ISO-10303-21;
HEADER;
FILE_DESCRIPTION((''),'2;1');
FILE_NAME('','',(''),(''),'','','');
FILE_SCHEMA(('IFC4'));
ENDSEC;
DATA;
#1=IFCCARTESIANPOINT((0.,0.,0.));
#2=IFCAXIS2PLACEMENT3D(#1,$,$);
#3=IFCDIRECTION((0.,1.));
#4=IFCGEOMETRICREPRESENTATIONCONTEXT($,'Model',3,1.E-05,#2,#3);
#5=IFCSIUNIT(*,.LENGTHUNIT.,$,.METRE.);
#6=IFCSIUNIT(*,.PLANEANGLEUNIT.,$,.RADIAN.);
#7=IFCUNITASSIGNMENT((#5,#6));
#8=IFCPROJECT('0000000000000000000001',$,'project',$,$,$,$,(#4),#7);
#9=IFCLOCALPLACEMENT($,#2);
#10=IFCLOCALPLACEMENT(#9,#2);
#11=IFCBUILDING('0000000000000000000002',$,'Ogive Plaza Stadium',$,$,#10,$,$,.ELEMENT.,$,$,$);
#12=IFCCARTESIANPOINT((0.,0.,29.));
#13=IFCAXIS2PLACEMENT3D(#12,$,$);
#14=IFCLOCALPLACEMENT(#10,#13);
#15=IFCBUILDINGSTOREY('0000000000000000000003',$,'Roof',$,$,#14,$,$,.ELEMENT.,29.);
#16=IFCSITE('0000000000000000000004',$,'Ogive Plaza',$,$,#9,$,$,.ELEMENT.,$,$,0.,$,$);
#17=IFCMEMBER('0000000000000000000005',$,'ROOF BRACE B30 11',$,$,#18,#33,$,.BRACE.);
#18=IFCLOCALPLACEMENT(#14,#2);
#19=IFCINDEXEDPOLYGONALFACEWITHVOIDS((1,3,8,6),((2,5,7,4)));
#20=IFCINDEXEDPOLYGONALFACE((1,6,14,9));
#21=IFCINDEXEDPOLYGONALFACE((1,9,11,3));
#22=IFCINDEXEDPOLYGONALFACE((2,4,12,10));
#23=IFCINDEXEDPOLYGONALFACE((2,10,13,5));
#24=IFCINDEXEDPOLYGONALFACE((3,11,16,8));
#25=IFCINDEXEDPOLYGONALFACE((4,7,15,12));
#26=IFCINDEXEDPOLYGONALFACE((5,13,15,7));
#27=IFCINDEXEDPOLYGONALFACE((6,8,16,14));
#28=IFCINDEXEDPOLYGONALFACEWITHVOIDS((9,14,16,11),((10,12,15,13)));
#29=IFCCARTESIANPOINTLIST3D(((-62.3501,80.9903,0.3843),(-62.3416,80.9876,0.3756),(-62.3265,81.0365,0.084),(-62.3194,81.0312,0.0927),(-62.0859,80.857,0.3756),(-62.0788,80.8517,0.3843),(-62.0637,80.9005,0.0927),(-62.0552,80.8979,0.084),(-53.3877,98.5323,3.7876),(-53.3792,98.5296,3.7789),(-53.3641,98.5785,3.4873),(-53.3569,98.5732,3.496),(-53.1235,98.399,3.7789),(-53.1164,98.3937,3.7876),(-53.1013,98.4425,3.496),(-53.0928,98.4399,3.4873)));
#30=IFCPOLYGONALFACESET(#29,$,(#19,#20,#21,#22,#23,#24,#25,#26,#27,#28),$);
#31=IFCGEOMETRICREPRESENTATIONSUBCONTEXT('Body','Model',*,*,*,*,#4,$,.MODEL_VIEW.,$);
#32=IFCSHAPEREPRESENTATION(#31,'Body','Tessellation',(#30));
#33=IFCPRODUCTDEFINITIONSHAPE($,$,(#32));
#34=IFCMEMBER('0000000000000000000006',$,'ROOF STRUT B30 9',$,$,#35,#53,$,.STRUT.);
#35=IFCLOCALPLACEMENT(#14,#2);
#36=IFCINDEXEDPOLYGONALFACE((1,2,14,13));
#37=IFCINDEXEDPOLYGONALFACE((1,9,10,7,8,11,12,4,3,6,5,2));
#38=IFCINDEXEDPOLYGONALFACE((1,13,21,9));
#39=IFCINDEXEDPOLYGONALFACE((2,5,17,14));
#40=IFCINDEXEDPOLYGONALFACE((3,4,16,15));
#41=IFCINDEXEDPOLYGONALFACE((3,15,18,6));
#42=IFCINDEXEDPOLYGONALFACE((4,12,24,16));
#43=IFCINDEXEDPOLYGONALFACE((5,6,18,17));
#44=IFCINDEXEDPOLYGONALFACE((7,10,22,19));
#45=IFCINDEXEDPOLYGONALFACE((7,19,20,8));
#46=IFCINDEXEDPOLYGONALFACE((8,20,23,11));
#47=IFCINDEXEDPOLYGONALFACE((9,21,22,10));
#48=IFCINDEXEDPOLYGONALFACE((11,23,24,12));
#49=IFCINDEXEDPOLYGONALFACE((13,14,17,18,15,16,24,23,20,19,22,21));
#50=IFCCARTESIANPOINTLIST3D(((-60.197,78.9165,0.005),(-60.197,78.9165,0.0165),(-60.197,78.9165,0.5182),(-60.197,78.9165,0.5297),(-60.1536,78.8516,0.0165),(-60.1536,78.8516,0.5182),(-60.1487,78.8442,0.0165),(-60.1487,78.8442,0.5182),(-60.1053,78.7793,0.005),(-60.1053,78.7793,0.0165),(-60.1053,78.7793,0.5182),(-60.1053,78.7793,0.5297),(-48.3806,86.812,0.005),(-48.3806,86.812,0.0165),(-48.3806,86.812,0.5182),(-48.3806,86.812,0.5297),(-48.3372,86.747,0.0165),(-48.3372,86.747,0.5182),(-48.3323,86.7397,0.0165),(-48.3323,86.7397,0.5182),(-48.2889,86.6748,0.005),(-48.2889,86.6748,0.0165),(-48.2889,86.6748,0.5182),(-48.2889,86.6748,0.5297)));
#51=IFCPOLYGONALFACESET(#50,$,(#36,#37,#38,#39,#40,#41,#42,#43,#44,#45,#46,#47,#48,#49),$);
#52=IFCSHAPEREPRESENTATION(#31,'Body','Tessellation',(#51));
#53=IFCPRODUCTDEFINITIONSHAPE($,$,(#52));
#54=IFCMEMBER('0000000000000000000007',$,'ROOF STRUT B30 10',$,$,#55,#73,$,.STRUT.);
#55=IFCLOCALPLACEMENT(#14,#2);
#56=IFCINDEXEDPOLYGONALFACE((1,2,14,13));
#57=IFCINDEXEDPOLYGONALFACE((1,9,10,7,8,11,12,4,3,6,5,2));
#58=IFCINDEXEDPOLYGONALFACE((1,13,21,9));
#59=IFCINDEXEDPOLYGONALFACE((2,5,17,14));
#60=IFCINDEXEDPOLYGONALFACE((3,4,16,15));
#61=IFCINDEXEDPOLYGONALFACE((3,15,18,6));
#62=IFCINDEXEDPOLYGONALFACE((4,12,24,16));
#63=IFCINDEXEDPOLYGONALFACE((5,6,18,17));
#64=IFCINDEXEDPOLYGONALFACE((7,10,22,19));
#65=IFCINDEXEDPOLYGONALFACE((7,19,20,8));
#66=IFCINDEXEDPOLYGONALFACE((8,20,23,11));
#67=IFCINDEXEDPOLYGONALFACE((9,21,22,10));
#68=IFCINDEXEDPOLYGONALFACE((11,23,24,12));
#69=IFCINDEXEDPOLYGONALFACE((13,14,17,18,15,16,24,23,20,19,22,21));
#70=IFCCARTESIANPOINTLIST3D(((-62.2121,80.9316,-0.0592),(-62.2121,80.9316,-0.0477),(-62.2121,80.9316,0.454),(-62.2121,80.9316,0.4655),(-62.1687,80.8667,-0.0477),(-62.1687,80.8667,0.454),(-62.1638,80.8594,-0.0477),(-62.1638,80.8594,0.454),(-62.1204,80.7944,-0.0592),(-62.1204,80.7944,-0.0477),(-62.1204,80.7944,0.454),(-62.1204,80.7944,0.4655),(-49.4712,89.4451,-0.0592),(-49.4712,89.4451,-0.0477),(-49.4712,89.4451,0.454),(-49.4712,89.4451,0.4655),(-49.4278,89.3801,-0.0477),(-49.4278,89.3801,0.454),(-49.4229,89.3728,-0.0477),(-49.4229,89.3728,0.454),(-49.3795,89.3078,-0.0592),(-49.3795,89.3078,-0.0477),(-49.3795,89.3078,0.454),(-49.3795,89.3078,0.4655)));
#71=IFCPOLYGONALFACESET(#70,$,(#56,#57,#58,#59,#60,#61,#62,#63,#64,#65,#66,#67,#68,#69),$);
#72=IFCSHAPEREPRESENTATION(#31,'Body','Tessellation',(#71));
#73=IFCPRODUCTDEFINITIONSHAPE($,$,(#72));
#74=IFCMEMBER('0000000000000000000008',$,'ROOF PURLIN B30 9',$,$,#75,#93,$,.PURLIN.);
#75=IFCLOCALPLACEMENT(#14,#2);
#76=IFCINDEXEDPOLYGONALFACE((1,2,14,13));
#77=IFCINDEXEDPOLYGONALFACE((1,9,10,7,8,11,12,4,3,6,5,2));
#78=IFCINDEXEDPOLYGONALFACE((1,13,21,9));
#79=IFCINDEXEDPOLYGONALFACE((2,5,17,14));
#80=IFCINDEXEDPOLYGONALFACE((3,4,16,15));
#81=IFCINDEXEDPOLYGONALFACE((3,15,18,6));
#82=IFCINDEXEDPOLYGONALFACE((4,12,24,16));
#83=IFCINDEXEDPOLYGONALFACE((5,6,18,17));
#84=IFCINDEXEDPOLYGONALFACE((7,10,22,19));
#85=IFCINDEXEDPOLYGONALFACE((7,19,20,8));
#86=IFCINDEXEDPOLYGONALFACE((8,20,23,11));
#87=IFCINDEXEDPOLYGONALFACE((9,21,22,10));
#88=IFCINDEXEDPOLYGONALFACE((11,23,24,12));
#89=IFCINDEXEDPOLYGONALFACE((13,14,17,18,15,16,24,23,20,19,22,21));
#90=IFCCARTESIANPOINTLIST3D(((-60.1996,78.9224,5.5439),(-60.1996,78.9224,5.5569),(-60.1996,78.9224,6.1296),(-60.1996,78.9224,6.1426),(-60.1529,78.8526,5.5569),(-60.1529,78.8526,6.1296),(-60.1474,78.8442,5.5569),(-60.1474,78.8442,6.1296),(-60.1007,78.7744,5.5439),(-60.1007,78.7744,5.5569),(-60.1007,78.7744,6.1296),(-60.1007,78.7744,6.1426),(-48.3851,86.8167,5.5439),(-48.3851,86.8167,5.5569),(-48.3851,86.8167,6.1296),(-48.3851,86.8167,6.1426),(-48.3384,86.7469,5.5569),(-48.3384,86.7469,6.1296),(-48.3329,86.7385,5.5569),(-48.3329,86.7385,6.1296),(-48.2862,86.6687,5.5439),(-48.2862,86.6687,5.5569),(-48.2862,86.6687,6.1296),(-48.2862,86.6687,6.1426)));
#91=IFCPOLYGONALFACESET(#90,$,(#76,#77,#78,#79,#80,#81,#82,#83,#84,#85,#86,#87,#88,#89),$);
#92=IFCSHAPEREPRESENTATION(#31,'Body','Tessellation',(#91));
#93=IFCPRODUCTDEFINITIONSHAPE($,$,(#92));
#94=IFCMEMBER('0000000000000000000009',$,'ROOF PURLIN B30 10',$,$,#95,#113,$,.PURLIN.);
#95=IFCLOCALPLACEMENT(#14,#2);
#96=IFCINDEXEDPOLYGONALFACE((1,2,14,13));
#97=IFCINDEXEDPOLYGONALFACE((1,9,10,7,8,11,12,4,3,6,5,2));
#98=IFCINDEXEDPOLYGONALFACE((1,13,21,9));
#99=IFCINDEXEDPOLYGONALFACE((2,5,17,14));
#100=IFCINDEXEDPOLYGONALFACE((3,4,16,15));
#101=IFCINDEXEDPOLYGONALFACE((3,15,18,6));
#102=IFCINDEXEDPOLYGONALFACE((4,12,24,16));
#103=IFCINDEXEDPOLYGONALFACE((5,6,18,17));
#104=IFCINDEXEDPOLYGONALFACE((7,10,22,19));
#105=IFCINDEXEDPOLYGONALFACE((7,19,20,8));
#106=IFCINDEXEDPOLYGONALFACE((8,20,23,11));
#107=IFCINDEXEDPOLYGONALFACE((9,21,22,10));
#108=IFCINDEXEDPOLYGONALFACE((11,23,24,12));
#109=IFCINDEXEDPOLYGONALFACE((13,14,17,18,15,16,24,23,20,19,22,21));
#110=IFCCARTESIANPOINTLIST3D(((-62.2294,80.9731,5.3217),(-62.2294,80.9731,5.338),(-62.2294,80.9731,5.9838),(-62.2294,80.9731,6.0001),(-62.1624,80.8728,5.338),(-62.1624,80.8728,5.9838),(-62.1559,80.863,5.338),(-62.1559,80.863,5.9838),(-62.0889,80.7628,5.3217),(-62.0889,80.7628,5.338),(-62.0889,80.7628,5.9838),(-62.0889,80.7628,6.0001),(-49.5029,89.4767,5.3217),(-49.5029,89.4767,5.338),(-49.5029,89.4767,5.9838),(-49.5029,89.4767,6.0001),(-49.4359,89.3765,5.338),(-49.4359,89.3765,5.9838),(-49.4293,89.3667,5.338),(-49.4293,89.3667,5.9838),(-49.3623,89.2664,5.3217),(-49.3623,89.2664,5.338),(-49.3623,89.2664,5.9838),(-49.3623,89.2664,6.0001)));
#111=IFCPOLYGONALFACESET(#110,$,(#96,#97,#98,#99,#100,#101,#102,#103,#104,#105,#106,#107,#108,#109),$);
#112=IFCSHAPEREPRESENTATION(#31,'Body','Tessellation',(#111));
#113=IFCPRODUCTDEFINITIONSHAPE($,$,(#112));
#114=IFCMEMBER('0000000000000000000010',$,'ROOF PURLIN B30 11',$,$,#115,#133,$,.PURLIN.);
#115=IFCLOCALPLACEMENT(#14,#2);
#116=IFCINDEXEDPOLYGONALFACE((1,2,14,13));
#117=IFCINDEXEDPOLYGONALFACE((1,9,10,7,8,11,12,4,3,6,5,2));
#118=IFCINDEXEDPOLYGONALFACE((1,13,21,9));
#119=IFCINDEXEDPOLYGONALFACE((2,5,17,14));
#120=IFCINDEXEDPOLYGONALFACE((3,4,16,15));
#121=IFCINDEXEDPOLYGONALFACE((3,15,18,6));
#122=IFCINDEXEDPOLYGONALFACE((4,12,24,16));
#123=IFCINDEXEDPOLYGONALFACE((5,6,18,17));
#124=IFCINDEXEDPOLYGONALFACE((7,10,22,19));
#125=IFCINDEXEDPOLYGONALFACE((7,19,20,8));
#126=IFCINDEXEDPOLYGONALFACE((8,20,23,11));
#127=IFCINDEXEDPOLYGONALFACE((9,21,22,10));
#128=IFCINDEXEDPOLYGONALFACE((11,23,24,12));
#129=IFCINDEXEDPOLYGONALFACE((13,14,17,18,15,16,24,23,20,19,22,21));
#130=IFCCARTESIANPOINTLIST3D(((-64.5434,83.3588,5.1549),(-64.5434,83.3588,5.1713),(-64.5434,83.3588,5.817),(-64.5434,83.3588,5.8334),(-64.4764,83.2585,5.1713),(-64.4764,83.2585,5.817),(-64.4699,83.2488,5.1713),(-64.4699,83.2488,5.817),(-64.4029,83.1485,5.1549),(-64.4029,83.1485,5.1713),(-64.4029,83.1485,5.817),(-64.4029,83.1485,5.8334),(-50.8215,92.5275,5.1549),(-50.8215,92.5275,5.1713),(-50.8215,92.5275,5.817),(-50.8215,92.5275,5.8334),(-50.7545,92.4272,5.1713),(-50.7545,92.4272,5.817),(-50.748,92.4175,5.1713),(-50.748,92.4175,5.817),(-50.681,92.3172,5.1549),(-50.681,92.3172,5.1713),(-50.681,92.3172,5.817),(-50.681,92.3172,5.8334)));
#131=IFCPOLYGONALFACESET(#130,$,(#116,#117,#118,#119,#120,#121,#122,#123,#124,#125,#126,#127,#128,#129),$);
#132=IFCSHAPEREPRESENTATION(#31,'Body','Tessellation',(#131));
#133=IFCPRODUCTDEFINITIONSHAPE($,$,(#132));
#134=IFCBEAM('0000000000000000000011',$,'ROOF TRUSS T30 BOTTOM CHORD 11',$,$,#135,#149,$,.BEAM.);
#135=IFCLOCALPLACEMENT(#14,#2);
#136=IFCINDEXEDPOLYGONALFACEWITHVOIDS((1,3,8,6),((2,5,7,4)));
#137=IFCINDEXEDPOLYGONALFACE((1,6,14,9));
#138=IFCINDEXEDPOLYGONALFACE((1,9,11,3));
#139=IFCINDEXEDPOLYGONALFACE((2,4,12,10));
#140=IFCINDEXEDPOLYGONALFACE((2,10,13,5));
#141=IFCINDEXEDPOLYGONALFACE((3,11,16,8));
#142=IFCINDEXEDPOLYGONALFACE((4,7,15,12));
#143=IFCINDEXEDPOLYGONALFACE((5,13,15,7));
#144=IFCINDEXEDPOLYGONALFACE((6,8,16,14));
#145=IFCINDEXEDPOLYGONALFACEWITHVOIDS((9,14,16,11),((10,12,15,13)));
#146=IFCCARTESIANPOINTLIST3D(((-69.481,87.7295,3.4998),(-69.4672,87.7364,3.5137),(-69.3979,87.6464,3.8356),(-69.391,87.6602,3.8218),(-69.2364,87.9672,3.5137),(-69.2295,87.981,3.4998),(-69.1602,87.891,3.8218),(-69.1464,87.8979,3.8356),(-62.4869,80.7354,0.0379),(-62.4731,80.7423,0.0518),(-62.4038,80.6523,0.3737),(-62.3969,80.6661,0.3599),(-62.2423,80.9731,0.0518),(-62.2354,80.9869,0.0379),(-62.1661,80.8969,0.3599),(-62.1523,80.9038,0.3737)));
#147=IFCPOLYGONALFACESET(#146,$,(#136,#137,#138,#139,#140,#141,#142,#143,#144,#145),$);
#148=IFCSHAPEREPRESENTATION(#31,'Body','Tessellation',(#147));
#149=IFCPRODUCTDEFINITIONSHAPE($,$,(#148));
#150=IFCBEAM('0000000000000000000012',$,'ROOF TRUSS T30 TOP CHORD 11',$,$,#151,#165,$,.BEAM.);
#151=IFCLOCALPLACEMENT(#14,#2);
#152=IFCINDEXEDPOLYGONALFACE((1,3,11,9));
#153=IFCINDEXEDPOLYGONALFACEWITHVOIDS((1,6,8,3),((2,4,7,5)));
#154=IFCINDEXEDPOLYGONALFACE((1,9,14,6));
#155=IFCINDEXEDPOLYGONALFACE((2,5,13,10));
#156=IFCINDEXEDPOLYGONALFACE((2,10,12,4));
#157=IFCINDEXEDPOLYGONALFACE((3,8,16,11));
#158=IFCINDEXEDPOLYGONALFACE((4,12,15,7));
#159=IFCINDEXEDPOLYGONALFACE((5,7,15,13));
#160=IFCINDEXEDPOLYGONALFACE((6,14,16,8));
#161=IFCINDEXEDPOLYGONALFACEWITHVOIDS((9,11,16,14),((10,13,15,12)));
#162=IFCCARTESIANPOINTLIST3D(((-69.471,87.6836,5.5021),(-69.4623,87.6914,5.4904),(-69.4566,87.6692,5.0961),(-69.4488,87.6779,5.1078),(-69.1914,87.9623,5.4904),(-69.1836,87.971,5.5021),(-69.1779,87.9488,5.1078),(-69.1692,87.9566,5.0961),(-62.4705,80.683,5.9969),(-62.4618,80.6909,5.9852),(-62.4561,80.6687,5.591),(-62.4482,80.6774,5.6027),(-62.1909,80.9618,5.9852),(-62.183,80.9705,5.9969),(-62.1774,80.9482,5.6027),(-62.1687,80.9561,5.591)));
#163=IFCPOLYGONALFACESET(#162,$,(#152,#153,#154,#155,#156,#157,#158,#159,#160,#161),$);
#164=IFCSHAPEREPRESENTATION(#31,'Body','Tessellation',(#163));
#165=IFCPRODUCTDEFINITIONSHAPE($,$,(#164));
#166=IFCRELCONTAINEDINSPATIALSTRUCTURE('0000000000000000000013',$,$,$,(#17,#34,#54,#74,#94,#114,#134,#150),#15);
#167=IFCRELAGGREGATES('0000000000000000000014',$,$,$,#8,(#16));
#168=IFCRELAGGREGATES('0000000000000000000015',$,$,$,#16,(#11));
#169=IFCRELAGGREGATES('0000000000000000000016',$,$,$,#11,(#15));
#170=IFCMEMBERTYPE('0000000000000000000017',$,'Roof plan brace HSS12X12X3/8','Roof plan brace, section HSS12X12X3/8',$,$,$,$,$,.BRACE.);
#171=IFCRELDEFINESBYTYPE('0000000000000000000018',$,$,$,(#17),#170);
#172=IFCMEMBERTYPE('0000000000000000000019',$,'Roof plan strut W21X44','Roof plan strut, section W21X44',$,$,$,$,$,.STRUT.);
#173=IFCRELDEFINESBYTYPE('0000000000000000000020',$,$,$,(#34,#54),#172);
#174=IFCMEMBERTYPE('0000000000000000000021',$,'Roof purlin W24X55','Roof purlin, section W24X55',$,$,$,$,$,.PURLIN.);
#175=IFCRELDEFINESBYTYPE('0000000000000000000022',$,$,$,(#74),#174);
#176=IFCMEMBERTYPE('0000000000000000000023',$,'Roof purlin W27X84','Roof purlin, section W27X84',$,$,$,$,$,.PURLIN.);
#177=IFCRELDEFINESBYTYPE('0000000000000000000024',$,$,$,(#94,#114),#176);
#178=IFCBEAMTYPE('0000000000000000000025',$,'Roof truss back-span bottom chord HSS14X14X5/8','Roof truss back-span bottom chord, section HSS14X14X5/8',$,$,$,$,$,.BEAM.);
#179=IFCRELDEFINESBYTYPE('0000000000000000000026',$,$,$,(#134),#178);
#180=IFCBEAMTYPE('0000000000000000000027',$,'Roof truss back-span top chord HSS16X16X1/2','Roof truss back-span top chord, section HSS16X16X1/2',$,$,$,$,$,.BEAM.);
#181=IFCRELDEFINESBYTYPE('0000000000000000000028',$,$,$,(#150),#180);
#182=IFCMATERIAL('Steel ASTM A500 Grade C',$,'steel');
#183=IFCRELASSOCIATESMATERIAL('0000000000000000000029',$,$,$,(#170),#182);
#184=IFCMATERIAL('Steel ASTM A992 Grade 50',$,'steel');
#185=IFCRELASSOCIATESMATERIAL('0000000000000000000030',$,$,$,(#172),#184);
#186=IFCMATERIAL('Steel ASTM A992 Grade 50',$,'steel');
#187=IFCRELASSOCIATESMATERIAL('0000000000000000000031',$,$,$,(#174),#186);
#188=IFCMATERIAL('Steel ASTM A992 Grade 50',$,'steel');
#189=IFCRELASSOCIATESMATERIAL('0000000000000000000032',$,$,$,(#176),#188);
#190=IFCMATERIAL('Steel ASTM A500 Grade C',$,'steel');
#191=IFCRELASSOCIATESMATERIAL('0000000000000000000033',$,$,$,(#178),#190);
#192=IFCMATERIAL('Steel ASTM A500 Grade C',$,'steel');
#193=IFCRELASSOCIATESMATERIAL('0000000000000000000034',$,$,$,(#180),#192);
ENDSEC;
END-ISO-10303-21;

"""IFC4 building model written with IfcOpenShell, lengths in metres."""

from ifc_helpers import new_model, si_unit, direction, frame, origin, origin_2d, place, context, subcontext, project, spatial, hollow_rectangle, i_section, extrude, material, material_profile, profile_set, type_object, element, save


model = new_model("IFC4")

# Units and contexts
model_context = context("Model", 3, precision=1e-05, world=origin(), true_north=direction((0.0, 1.0)))
body_context = subcontext(model_context, "Body", "Model", "MODEL_VIEW")
ifc_project = project(units=[si_unit("LENGTHUNIT", "METRE"), si_unit("PLANEANGLEUNIT", "RADIAN")], contexts=[model_context])

# Site, building, storey
site_placement = place(None, origin())
site = spatial("IfcSite", under=ifc_project, at=site_placement, Name="Ogive Plaza", CompositionType="ELEMENT", RefElevation=0.0)
building_placement = place(site_placement, origin())
building = spatial("IfcBuilding", under=site, at=building_placement, Name="Ogive Plaza Stadium", CompositionType="ELEMENT")
storey_placement = place(building_placement, frame((0.0, 0.0, 29.0)))
storey = spatial("IfcBuildingStorey", under=building, at=storey_placement, Name="Roof", CompositionType="ELEMENT", Elevation=29.0)

# Members
ifc_material_1 = material(Name="Steel ASTM A500 Grade C", Category="steel")
ifc_material_profile_1 = material_profile(ifc_material_1, hollow_rectangle(XDim=0.3047, YDim=0.3047, WallThickness=0.0088, at=origin_2d()), Name="HSS12X12X3/8")
ifc_profile_set_1 = profile_set([ifc_material_profile_1], Name="Steel ASTM A500 Grade C")
member_type_1 = type_object("IfcMemberType", Name="Roof plan brace HSS12X12X3/8", Description="Roof plan brace, section HSS12X12X3/8", PredefinedType="BRACE", material=ifc_profile_set_1)
member_1_placement = place(storey_placement, frame((-62.2026, 80.9441, 0.2341), z_axis=(0.448328, 0.877507, 0.170245), x_axis=(-0.890507, 0.45497, 0.0)))
element("IfcMember", 1, at=member_1_placement, inside=storey, type_object=member_type_1, Name="ROOF BRACE B30 11", PredefinedType="BRACE", context=body_context, shape_type="SweptSolid", body=[
    extrude(hollow_rectangle(XDim=0.3047, YDim=0.3047, WallThickness=0.0088, at=origin_2d()), origin(), (0.0, 0.0, 1.0), 19.9907),
])
ifc_material_2 = material(Name="Steel ASTM A992 Grade 50", Category="steel")
ifc_material_profile_2 = material_profile(ifc_material_2, i_section(OverallWidth=0.165, OverallDepth=0.5247, WebThickness=0.0088, FlangeThickness=0.0115, at=origin_2d()), Name="W21X44")
ifc_profile_set_2 = profile_set([ifc_material_profile_2], Name="Steel ASTM A992 Grade 50")
member_type_2 = type_object("IfcMemberType", Name="Roof plan strut W21X44", Description="Roof plan strut, section W21X44", PredefinedType="STRUT", material=ifc_profile_set_2)
member_2_placement = place(storey_placement, frame((-60.1511, 78.8479, 0.2673), z_axis=(0.831468, 0.555572, 0.0), x_axis=(-0.555572, 0.831468, 0.0)))
element("IfcMember", 2, at=member_2_placement, inside=storey, type_object=member_type_2, Name="ROOF STRUT B30 9", PredefinedType="STRUT", context=body_context, shape_type="SweptSolid", body=[
    extrude(i_section(OverallWidth=0.165, OverallDepth=0.5247, WebThickness=0.0088, FlangeThickness=0.0115, at=origin_2d()), origin(), (0.0, 0.0, 1.0), 14.2114),
])
member_3_placement = place(storey_placement, frame((-62.1663, 80.863, 0.2031), z_axis=(0.831464, 0.555579, 0.0), x_axis=(-0.555579, 0.831464, 0.0)))
element("IfcMember", 3, at=member_3_placement, inside=storey, type_object=member_type_2, Name="ROOF STRUT B30 10", PredefinedType="STRUT", context=body_context, shape_type="SweptSolid", body=[
    extrude(i_section(OverallWidth=0.165, OverallDepth=0.5247, WebThickness=0.0088, FlangeThickness=0.0115, at=origin_2d()), origin(), (0.0, 0.0, 1.0), 15.3235),
])
ifc_material_3 = material(Name="Steel ASTM A992 Grade 50", Category="steel")
ifc_material_profile_3 = material_profile(ifc_material_3, i_section(OverallWidth=0.178, OverallDepth=0.5986, WebThickness=0.01, FlangeThickness=0.0129, at=origin_2d()), Name="W24X55")
ifc_profile_set_3 = profile_set([ifc_material_profile_3], Name="Steel ASTM A992 Grade 50")
member_type_3 = type_object("IfcMemberType", Name="Roof purlin W24X55", Description="Roof purlin, section W24X55", PredefinedType="PURLIN", material=ifc_profile_set_3)
member_4_placement = place(storey_placement, frame((-60.1501, 78.8484, 5.8433), z_axis=(0.831466, 0.555576, 0.0), x_axis=(-0.555576, 0.831466, 0.0)))
element("IfcMember", 4, at=member_4_placement, inside=storey, type_object=member_type_3, Name="ROOF PURLIN B30 9", PredefinedType="PURLIN", context=body_context, shape_type="SweptSolid", body=[
    extrude(i_section(OverallWidth=0.178, OverallDepth=0.5986, WebThickness=0.01, FlangeThickness=0.0129, at=origin_2d()), origin(), (0.0, 0.0, 1.0), 14.2092),
])
ifc_material_4 = material(Name="Steel ASTM A992 Grade 50", Category="steel")
ifc_material_profile_4 = material_profile(ifc_material_4, i_section(OverallWidth=0.2529, OverallDepth=0.6785, WebThickness=0.0117, FlangeThickness=0.0164, at=origin_2d()), Name="W27X84")
ifc_profile_set_4 = profile_set([ifc_material_profile_4], Name="Steel ASTM A992 Grade 50")
member_type_4 = type_object("IfcMemberType", Name="Roof purlin W27X84", Description="Roof purlin, section W27X84", PredefinedType="PURLIN", material=ifc_profile_set_4)
member_5_placement = place(storey_placement, frame((-62.1592, 80.8679, 5.6609), z_axis=(0.831468, 0.555572, 0.0), x_axis=(-0.555572, 0.831468, 0.0)))
element("IfcMember", 5, at=member_5_placement, inside=storey, type_object=member_type_4, Name="ROOF PURLIN B30 10", PredefinedType="PURLIN", context=body_context, shape_type="SweptSolid", body=[
    extrude(i_section(OverallWidth=0.2529, OverallDepth=0.6785, WebThickness=0.0117, FlangeThickness=0.0164, at=origin_2d()), origin(), (0.0, 0.0, 1.0), 15.3062),
])
member_6_placement = place(storey_placement, frame((-64.4731, 83.2537, 5.4941), z_axis=(0.831469, 0.55557, 0.0), x_axis=(-0.55557, 0.831469, 0.0)))
element("IfcMember", 6, at=member_6_placement, inside=storey, type_object=member_type_4, Name="ROOF PURLIN B30 11", PredefinedType="PURLIN", context=body_context, shape_type="SweptSolid", body=[
    extrude(i_section(OverallWidth=0.2529, OverallDepth=0.6785, WebThickness=0.0117, FlangeThickness=0.0164, at=origin_2d()), origin(), (0.0, 0.0, 1.0), 16.5032),
])

# Beams
ifc_material_5 = material(Name="Steel ASTM A500 Grade C", Category="steel")
ifc_material_profile_5 = material_profile(ifc_material_5, hollow_rectangle(XDim=0.3557, YDim=0.3557, WallThickness=0.0146, at=origin_2d()), Name="HSS14X14X5/8")
ifc_profile_set_5 = profile_set([ifc_material_profile_5], Name="Steel ASTM A500 Grade C")
beam_type_1 = type_object("IfcBeamType", Name="Roof truss back-span bottom chord HSS14X14X5/8", Description="Roof truss back-span bottom chord, section HSS14X14X5/8", PredefinedType="BEAM", material=ifc_profile_set_5)
beam_1_placement = place(storey_placement, frame((-62.3196, 80.8196, 0.2058), z_axis=(-0.667409, 0.667409, 0.33035), x_axis=(-0.707107, -0.707107, 0.0)))
element("IfcBeam", 7, at=beam_1_placement, inside=storey, type_object=beam_type_1, Name="ROOF TRUSS T30 BOTTOM CHORD 11", PredefinedType="BEAM", context=body_context, shape_type="SweptSolid", body=[
    extrude(hollow_rectangle(XDim=0.3557, YDim=0.3557, WallThickness=0.0146, at=origin_2d()), origin(), (0.0, 0.0, 1.0), 10.4795),
])
ifc_material_6 = material(Name="Steel ASTM A500 Grade C", Category="steel")
ifc_material_profile_6 = material_profile(ifc_material_6, hollow_rectangle(XDim=0.4065, YDim=0.4065, WallThickness=0.0117, at=origin_2d()), Name="HSS16X16X1/2")
ifc_profile_set_6 = profile_set([ifc_material_profile_6], Name="Steel ASTM A500 Grade C")
beam_type_2 = type_object("IfcBeamType", Name="Roof truss back-span top chord HSS16X16X1/2", Description="Roof truss back-span top chord, section HSS16X16X1/2", PredefinedType="BEAM", material=ifc_profile_set_6)
beam_2_placement = place(storey_placement, frame((-62.3196, 80.8196, 5.7939), z_axis=(-0.706225, 0.706225, -0.049924), x_axis=(-0.707107, -0.707107, 0.0)))
element("IfcBeam", 8, at=beam_2_placement, inside=storey, type_object=beam_type_2, Name="ROOF TRUSS T30 TOP CHORD 11", PredefinedType="BEAM", context=body_context, shape_type="SweptSolid", body=[
    extrude(hollow_rectangle(XDim=0.4065, YDim=0.4065, WallThickness=0.0117, at=origin_2d()), origin(), (0.0, 0.0, 1.0), 9.9126),
])

save(model, "model.ifc")
